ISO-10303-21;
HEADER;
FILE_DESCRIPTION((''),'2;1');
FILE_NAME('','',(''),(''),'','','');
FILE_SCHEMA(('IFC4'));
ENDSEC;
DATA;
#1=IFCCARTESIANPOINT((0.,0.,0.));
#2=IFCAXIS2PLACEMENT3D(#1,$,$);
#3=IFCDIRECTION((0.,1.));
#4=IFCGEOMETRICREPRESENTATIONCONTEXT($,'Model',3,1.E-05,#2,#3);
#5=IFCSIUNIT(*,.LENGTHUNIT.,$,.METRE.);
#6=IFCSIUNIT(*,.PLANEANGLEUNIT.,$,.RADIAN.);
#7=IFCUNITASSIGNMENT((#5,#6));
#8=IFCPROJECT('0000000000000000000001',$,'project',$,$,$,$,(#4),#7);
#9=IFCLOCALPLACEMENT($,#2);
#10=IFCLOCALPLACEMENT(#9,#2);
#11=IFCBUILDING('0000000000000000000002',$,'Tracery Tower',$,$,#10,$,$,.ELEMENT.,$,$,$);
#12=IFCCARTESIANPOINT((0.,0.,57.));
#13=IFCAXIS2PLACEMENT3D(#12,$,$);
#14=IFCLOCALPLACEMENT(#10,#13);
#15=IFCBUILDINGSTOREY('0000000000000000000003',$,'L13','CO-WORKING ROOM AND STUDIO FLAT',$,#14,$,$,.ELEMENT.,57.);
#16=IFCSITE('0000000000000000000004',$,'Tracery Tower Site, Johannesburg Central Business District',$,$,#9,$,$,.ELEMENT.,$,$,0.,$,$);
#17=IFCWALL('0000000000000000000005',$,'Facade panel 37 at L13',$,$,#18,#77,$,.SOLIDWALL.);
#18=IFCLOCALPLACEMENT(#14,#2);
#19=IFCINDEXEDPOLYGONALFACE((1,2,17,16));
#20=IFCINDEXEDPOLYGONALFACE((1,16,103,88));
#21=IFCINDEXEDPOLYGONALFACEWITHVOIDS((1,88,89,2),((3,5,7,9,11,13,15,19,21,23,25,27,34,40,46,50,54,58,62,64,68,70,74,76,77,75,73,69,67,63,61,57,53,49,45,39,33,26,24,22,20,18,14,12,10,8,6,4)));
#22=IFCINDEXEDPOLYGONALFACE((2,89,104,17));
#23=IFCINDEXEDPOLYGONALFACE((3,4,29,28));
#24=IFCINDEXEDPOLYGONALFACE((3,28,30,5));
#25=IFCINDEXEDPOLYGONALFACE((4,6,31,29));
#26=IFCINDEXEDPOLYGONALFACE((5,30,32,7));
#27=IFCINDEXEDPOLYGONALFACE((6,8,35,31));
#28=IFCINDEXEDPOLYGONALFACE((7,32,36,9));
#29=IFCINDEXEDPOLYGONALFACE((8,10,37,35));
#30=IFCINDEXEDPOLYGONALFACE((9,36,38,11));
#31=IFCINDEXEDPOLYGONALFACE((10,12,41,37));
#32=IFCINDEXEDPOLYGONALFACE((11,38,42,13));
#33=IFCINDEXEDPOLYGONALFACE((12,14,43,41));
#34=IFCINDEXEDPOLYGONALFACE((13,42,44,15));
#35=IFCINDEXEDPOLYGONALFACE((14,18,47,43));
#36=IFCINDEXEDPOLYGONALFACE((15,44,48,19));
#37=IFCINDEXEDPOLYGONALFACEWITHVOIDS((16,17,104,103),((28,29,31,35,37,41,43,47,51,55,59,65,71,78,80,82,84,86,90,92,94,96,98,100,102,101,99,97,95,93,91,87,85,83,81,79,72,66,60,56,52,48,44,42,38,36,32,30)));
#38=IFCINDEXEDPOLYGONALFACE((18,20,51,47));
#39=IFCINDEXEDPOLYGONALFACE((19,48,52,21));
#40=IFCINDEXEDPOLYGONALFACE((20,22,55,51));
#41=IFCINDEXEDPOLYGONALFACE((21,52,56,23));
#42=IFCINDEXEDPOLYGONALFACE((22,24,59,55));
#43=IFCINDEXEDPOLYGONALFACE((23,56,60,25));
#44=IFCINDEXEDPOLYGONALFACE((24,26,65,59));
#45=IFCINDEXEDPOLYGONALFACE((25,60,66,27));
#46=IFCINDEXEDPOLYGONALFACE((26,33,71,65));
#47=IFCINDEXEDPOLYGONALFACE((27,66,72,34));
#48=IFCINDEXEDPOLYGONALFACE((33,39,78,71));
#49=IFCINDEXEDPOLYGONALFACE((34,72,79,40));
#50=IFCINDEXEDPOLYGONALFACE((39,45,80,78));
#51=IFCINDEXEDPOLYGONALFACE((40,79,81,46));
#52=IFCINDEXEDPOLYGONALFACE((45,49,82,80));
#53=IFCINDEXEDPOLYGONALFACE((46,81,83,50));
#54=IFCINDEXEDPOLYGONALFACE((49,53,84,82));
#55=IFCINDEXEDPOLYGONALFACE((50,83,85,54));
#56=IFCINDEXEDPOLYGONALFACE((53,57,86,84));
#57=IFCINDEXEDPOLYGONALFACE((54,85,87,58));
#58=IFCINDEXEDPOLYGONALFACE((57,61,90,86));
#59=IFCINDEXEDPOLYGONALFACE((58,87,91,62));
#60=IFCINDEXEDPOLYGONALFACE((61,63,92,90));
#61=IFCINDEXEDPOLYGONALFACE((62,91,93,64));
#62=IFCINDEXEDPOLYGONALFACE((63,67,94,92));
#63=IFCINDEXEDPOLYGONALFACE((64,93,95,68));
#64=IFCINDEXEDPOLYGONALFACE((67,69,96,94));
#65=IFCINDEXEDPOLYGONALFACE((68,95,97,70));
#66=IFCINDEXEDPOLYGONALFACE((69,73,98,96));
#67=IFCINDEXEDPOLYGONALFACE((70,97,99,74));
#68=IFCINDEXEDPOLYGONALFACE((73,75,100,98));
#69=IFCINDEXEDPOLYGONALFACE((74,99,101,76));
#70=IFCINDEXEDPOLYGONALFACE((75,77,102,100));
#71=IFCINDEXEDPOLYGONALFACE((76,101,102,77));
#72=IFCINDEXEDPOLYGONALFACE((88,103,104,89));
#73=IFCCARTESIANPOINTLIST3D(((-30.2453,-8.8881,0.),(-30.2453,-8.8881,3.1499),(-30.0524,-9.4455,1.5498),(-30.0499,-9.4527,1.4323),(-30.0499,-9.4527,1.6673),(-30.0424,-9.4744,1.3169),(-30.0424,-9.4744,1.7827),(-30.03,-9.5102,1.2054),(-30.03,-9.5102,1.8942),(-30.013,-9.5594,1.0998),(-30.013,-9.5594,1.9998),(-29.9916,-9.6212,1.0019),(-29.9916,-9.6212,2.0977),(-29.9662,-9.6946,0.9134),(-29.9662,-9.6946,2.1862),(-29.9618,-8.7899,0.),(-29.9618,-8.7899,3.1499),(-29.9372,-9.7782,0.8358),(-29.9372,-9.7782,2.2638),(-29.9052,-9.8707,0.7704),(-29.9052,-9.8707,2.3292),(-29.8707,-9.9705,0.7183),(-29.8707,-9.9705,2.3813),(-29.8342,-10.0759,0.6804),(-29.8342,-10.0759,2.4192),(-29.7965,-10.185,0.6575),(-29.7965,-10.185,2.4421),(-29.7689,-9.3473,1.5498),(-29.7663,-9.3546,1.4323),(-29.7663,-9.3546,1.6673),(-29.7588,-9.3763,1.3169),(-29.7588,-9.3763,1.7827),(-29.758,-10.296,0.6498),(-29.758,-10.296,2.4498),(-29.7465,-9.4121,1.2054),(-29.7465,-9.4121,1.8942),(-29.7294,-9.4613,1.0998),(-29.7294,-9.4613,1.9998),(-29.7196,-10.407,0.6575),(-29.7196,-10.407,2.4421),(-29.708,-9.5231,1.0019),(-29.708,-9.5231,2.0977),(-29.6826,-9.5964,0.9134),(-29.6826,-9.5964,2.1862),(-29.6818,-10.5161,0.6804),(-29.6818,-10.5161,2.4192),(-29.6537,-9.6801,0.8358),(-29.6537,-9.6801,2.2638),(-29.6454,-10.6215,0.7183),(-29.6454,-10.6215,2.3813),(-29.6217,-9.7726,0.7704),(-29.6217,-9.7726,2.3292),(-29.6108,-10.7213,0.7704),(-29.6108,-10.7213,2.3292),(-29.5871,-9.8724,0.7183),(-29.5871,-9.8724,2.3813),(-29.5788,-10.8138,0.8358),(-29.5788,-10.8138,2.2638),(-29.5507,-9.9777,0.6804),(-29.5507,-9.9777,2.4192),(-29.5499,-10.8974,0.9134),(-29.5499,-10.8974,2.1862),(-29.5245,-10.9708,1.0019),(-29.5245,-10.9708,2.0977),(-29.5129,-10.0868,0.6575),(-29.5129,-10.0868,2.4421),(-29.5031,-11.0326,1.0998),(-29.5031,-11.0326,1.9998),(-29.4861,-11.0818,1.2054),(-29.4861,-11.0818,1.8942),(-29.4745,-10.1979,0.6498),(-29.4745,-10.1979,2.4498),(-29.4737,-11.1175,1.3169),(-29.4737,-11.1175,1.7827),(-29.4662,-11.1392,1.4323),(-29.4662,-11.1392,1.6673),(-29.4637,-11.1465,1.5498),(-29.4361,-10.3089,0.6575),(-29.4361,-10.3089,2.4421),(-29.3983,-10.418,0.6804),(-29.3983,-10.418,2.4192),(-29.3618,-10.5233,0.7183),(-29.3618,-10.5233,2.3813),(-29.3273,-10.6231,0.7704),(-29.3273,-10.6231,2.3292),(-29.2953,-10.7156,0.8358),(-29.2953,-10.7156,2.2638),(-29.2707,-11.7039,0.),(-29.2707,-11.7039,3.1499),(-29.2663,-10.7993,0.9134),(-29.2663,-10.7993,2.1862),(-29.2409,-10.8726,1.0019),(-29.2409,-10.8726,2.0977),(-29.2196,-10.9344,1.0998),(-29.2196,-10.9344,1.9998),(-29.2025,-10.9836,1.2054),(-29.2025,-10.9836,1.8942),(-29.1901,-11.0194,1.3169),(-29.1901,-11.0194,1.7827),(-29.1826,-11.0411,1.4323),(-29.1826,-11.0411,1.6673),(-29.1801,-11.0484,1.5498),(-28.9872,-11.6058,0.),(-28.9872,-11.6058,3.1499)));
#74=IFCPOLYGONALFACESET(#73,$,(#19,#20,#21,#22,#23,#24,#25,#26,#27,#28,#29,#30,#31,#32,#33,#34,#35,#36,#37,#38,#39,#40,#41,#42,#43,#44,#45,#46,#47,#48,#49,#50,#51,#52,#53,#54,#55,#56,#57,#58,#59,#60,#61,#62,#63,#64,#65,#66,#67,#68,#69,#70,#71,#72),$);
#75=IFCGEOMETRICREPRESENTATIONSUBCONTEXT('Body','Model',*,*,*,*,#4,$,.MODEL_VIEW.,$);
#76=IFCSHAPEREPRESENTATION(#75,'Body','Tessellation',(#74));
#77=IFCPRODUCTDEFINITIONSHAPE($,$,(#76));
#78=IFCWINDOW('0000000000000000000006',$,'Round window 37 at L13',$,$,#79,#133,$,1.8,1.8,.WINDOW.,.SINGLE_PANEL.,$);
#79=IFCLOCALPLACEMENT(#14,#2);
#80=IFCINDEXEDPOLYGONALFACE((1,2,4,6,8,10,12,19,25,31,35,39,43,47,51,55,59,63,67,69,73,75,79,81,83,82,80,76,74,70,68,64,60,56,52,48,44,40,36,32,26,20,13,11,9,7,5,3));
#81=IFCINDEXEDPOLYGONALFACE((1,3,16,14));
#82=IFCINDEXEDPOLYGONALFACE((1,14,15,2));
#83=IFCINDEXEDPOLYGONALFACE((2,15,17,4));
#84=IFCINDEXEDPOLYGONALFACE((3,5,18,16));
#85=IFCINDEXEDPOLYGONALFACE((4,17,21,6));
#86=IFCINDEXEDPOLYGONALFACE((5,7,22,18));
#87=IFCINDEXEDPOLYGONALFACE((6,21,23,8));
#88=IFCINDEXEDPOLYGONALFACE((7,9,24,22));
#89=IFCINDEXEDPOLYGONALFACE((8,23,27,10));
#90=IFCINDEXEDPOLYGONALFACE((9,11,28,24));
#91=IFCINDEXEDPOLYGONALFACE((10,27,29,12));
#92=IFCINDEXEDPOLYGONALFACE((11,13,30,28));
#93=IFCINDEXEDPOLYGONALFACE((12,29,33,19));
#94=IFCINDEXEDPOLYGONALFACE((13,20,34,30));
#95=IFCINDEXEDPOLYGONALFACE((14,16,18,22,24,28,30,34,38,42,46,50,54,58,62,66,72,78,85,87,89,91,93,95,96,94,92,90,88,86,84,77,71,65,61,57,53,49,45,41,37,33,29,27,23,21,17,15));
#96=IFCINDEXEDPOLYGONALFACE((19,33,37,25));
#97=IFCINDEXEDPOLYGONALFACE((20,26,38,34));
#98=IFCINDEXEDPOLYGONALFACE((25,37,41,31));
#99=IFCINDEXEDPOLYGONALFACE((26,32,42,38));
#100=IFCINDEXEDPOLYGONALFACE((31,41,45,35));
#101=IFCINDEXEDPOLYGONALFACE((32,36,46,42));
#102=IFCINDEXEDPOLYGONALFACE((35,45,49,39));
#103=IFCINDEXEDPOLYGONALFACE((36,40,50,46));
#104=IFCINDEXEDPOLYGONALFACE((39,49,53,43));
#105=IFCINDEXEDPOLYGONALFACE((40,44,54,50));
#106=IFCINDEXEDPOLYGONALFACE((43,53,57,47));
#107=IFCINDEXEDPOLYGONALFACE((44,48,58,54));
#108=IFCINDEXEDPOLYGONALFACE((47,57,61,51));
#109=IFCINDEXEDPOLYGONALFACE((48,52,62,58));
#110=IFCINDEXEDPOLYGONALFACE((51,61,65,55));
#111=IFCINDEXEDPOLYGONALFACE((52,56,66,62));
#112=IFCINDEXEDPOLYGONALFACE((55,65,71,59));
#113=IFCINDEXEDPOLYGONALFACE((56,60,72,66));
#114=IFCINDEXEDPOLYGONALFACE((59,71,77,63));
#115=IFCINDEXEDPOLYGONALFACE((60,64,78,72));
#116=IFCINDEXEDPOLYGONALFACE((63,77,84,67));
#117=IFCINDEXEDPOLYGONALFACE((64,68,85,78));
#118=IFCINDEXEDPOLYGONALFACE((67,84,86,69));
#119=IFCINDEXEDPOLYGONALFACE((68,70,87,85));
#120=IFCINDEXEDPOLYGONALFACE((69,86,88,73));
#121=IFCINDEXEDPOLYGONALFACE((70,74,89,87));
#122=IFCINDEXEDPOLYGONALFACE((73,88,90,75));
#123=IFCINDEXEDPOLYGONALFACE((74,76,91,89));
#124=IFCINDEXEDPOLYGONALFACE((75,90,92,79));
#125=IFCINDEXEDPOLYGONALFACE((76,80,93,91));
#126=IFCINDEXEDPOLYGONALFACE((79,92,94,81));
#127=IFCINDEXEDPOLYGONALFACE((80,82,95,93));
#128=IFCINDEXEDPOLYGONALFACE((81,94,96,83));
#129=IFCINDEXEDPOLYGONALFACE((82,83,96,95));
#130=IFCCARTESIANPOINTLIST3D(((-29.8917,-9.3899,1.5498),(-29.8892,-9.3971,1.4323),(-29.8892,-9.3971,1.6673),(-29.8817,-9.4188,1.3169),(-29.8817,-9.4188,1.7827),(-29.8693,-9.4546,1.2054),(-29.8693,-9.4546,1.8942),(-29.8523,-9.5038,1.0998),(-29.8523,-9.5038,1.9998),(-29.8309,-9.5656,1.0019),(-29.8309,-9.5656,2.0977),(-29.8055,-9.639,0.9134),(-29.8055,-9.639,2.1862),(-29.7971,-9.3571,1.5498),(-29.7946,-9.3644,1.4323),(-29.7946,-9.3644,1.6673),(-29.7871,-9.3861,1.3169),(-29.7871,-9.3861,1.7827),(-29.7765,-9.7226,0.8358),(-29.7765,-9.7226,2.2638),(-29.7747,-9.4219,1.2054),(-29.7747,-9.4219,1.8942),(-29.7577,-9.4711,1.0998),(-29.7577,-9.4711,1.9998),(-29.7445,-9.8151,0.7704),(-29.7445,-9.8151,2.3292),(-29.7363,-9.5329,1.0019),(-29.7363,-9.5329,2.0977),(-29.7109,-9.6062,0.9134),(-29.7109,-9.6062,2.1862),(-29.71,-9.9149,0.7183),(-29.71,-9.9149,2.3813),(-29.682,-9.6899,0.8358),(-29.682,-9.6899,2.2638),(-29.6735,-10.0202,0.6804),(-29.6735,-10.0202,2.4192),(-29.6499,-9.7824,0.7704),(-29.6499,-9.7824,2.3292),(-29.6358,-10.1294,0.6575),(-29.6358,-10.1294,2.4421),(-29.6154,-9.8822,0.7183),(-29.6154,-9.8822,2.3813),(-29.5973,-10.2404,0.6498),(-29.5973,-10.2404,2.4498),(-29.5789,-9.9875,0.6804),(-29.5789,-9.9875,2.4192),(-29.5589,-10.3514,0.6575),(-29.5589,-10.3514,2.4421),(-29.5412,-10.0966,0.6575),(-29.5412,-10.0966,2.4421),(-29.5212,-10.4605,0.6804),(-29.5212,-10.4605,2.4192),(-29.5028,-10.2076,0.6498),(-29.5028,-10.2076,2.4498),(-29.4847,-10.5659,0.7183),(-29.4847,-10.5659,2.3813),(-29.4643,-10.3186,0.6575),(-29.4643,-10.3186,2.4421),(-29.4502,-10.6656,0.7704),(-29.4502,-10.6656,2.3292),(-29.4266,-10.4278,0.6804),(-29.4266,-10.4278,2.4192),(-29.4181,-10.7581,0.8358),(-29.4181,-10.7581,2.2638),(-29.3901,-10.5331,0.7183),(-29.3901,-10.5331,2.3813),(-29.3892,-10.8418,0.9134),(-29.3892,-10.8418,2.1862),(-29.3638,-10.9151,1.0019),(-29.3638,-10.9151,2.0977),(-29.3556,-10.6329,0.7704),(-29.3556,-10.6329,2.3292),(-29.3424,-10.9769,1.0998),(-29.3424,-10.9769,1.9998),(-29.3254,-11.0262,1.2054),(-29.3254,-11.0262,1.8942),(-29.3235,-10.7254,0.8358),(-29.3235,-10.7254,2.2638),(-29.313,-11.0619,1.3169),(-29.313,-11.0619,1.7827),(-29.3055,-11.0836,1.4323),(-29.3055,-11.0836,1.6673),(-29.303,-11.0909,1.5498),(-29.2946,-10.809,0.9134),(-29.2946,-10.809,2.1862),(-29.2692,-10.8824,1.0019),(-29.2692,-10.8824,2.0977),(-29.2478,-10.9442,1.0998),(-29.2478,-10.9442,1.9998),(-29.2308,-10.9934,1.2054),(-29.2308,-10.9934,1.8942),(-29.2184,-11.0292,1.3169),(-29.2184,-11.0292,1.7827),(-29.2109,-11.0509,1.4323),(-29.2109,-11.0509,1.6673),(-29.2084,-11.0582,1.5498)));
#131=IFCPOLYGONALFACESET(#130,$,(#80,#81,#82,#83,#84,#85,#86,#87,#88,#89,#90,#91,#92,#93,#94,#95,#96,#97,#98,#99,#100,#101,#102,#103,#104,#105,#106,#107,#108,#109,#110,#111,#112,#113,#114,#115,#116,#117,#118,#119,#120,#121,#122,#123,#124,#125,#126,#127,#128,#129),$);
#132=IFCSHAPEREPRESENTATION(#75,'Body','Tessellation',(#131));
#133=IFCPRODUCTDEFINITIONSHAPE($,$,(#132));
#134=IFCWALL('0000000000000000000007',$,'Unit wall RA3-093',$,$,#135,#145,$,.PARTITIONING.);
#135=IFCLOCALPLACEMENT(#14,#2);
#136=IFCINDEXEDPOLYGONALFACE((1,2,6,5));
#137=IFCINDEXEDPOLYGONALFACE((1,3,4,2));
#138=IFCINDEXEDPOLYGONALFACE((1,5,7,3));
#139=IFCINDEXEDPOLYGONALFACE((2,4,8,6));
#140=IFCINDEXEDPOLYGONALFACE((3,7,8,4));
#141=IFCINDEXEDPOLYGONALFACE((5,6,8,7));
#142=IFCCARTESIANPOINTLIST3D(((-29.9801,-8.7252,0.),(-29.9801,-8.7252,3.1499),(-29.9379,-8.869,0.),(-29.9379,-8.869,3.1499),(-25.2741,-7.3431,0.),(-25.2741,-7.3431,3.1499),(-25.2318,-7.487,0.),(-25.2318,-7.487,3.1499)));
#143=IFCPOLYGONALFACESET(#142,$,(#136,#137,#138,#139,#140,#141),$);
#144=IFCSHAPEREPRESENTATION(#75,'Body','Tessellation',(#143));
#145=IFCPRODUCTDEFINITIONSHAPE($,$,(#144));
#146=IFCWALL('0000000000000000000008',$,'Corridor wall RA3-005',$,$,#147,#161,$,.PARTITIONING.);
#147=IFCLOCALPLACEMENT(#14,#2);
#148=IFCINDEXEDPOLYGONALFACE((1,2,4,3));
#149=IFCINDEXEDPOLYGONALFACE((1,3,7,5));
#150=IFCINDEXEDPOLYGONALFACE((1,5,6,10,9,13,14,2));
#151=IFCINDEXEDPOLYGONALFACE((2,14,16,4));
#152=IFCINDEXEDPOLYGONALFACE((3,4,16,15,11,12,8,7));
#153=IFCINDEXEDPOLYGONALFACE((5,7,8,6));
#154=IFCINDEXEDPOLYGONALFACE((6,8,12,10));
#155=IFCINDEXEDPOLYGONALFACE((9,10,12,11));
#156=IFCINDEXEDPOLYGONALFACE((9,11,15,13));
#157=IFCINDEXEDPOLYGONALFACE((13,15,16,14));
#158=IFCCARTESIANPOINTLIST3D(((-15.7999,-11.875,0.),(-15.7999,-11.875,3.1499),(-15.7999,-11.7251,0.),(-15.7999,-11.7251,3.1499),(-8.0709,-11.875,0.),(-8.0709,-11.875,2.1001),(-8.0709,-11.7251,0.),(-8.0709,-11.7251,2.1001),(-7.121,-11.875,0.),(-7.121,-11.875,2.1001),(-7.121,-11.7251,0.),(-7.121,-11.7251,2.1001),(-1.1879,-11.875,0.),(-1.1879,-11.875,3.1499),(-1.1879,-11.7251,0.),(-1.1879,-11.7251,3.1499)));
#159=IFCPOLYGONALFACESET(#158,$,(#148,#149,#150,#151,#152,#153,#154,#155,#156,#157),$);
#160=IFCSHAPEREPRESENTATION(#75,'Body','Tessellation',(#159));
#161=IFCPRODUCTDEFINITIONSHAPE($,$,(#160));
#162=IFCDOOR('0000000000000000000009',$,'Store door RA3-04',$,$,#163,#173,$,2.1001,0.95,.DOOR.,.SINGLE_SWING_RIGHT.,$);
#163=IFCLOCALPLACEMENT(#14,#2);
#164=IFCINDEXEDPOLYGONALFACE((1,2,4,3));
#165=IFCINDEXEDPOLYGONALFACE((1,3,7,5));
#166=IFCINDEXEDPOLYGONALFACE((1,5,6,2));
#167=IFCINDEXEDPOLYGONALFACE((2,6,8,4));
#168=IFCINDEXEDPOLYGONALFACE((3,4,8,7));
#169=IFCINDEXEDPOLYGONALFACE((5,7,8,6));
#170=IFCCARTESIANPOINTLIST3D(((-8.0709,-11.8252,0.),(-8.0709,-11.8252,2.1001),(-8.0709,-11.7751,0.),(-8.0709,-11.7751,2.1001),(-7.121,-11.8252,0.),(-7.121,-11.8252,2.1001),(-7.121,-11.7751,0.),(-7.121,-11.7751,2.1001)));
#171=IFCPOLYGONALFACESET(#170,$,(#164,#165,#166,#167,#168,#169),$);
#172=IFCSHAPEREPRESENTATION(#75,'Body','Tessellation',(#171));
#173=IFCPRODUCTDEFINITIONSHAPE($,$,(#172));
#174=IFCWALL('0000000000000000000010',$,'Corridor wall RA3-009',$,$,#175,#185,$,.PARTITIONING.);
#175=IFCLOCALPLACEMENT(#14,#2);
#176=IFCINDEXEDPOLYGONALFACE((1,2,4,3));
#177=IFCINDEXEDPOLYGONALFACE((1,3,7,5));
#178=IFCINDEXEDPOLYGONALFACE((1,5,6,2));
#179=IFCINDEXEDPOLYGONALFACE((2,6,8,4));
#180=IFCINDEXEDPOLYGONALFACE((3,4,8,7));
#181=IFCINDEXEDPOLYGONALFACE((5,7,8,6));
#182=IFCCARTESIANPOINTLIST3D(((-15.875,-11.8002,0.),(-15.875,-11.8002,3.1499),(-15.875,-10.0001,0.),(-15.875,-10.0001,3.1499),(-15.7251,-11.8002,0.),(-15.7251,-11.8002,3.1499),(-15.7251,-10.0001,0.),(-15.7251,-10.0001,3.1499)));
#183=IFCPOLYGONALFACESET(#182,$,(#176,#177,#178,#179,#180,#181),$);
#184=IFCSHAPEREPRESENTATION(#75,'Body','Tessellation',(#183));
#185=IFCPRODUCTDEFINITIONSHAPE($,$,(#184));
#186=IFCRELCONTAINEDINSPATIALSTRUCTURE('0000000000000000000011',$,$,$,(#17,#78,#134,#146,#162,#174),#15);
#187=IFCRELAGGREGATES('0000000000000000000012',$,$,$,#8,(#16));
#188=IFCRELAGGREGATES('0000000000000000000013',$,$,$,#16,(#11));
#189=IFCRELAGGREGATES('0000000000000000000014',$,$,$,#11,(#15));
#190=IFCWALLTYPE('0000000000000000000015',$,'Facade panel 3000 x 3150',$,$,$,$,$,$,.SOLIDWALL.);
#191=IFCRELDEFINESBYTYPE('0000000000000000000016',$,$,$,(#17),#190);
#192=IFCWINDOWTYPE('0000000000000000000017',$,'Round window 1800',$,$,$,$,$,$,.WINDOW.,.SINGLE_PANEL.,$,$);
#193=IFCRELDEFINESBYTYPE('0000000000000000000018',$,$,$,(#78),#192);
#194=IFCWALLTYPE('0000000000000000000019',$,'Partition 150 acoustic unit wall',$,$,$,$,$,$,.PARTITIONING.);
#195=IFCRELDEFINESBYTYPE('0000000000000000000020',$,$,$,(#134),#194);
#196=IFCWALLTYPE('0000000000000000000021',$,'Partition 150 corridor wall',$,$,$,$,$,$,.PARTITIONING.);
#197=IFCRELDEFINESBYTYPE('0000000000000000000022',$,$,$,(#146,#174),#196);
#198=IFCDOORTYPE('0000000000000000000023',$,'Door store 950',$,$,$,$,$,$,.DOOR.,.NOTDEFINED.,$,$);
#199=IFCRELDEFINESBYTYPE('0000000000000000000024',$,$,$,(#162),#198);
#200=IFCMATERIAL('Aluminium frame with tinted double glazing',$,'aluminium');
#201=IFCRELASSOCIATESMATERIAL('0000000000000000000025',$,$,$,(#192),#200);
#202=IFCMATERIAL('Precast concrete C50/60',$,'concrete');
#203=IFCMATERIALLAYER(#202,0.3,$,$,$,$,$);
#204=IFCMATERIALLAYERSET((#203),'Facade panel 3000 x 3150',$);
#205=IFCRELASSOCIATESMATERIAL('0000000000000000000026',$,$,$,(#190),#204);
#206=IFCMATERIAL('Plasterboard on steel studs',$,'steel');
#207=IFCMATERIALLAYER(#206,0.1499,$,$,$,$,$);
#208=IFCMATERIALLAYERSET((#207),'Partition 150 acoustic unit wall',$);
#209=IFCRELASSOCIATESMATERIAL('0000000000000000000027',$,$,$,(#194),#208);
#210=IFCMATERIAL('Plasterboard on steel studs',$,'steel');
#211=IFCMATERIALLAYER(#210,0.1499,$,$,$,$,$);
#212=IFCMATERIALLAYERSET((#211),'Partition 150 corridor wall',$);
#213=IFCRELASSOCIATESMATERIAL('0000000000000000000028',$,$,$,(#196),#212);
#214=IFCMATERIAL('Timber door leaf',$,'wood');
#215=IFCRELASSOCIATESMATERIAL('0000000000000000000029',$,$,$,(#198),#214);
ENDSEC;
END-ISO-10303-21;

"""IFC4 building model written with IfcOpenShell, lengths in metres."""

from ifc_helpers import new_model, si_unit, direction, frame, frame_2d, origin, origin_2d, place, context, subcontext, project, spatial, rectangle, circle, extrude, material, layer, layer_set, type_object, element, fill, save


model = new_model("IFC4")

# Units and contexts
model_context = context("Model", 3, precision=1e-05, world=origin(), true_north=direction((0.0, 1.0)))
body_context = subcontext(model_context, "Body", "Model", "MODEL_VIEW")
ifc_project = project(units=[si_unit("LENGTHUNIT", "METRE"), si_unit("PLANEANGLEUNIT", "RADIAN")], contexts=[model_context])

# Site, building, storey
site_placement = place(None, origin())
site = spatial("IfcSite", under=ifc_project, at=site_placement, Name="Tracery Tower Site, Johannesburg Central Business District", CompositionType="ELEMENT", RefElevation=0.0)
building_placement = place(site_placement, origin())
building = spatial("IfcBuilding", under=site, at=building_placement, Name="Tracery Tower", CompositionType="ELEMENT")
storey_placement = place(building_placement, frame((0.0, 0.0, 57.0)))
storey = spatial("IfcBuildingStorey", under=building, at=storey_placement, Name="L13", Description="CO-WORKING ROOM AND STUDIO FLAT", CompositionType="ELEMENT", Elevation=57.0)

# Wall, opening, window
ifc_material_1 = material(Name="Aluminium frame with tinted double glazing", Category="aluminium")
window_type = type_object("IfcWindowType", Name="Round window 1800", PartitioningType="SINGLE_PANEL", PredefinedType="WINDOW", material=ifc_material_1)
ifc_material_2 = material(Name="Precast concrete C50/60", Category="concrete")
ifc_layer_1 = layer(ifc_material_2, 0.3)
ifc_layer_set_1 = layer_set([ifc_layer_1], Name="Facade panel 3000 x 3150")
wall_type_1 = type_object("IfcWallType", Name="Facade panel 3000 x 3150", PredefinedType="SOLIDWALL", material=ifc_layer_set_1)
wall_1_placement = place(storey_placement, frame((-30.1035, -8.8391, 0.0), z_axis=(0.0, 0.0, 1.0), x_axis=(0.327071, -0.945, 0.0)))
wall_1 = element("IfcWall", 1, at=wall_1_placement, inside=storey, type_object=wall_type_1, Name="Facade panel 37 at L13", PredefinedType="SOLIDWALL", context=body_context, shape_type="SweptSolid", body=[
    extrude(rectangle(XDim=2.9797, YDim=0.3, at=frame_2d((1.4897, 0.0))), origin(), (0.0, 0.0, 1.0), 3.1499),
])
opening_1_placement = place(wall_1_placement, frame((1.4897, 0.0, 1.5498)))
opening_1 = element("IfcOpeningElement", 2, at=opening_1_placement, cuts=wall_1, PredefinedType="OPENING", context=body_context, shape_type="SweptSolid", body=[
    extrude(circle(Radius=0.9, at=origin_2d()), frame((0.0, 0.1599, 0.0), z_axis=(0.0, -1.0, 0.0), x_axis=(1.0, 0.0, 0.0)), (0.0, 0.0, 1.0), 0.3201),
])
window_1_placement = place(opening_1_placement, origin())
window_1 = element("IfcWindow", 3, at=window_1_placement, inside=storey, type_object=window_type, Name="Round window 37 at L13", OverallHeight=1.8, OverallWidth=1.8, PartitioningType="SINGLE_PANEL", PredefinedType="WINDOW", context=body_context, shape_type="SweptSolid", body=[
    extrude(circle(Radius=0.9, at=origin_2d()), frame((0.0, 0.1201, 0.0), z_axis=(0.0, -1.0, 0.0), x_axis=(1.0, 0.0, 0.0)), (0.0, 0.0, 1.0), 0.1001),
])
fill(opening_1, window_1)

# Wall
ifc_material_3 = material(Name="Plasterboard on steel studs", Category="steel")
ifc_layer_2 = layer(ifc_material_3, 0.1499)
ifc_layer_set_2 = layer_set([ifc_layer_2], Name="Partition 150 acoustic unit wall")
wall_type_2 = type_object("IfcWallType", Name="Partition 150 acoustic unit wall", PredefinedType="PARTITIONING", material=ifc_layer_set_2)
wall_2_placement = place(storey_placement, frame((-29.959, -8.7971, 0.0), z_axis=(0.0, 0.0, 1.0), x_axis=(0.959479, 0.281781, 0.0)))
element("IfcWall", 4, at=wall_2_placement, inside=storey, type_object=wall_type_2, Name="Unit wall RA3-093", PredefinedType="PARTITIONING", context=body_context, shape_type="SweptSolid", body=[
    extrude(rectangle(XDim=4.9048, YDim=0.1499, at=frame_2d((2.4524, 0.0))), origin(), (0.0, 0.0, 1.0), 3.1499),
])

# Wall, opening, door
ifc_material_4 = material(Name="Plasterboard on steel studs", Category="steel")
ifc_layer_3 = layer(ifc_material_4, 0.1499)
ifc_layer_set_3 = layer_set([ifc_layer_3], Name="Partition 150 corridor wall")
wall_type_3 = type_object("IfcWallType", Name="Partition 150 corridor wall", PredefinedType="PARTITIONING", material=ifc_layer_set_3)
wall_3_placement = place(storey_placement, frame((-15.8, -11.8, 0.0), z_axis=(0.0, 0.0, 1.0), x_axis=(1.0, 0.0, 0.0)))
wall_3 = element("IfcWall", 5, at=wall_3_placement, inside=storey, type_object=wall_type_3, Name="Corridor wall RA3-005", PredefinedType="PARTITIONING", context=body_context, shape_type="SweptSolid", body=[
    extrude(rectangle(XDim=14.6121, YDim=0.1499, at=frame_2d((7.3062, 0.0))), origin(), (0.0, 0.0, 1.0), 3.1499),
])
opening_2_placement = place(wall_3_placement, frame((7.729, 0.0, 0.0)))
opening_2 = element("IfcOpeningElement", 6, at=opening_2_placement, cuts=wall_3, PredefinedType="OPENING", context=body_context, shape_type="SweptSolid", body=[
    extrude(rectangle(XDim=0.95, YDim=2.1001, at=frame_2d((0.4751, 1.05))), frame((0.0, 0.075, 0.0), z_axis=(0.0, -1.0, 0.0), x_axis=(1.0, 0.0, 0.0)), (0.0, 0.0, 1.0), 0.1499),
])
ifc_material_5 = material(Name="Timber door leaf", Category="wood")
door_type_1 = type_object("IfcDoorType", Name="Door store 950", OperationType="NOTDEFINED", PredefinedType="DOOR", material=ifc_material_5)
door_1_placement = place(opening_2_placement, origin())
door_1 = element("IfcDoor", 7, at=door_1_placement, inside=storey, type_object=door_type_1, Name="Store door RA3-04", OperationType="SINGLE_SWING_RIGHT", OverallHeight=2.1001, OverallWidth=0.95, PredefinedType="DOOR", context=body_context, shape_type="SweptSolid", body=[
    extrude(rectangle(XDim=0.95, YDim=2.1001, at=frame_2d((0.4751, 1.05))), frame((0.0, 0.0249, 0.0), z_axis=(0.0, -1.0, 0.0), x_axis=(1.0, 0.0, 0.0)), (0.0, 0.0, 1.0), 0.05),
])
fill(opening_2, door_1)

# Wall
wall_4_placement = place(storey_placement, frame((-15.8, -11.8, 0.0), z_axis=(0.0, 0.0, 1.0), x_axis=(0.0, 1.0, 0.0)))
element("IfcWall", 8, at=wall_4_placement, inside=storey, type_object=wall_type_3, Name="Corridor wall RA3-009", PredefinedType="PARTITIONING", context=body_context, shape_type="SweptSolid", body=[
    extrude(rectangle(XDim=1.8, YDim=0.1499, at=frame_2d((0.8999, 0.0))), origin(), (0.0, 0.0, 1.0), 3.1499),
])

save(model, "model.ifc")
